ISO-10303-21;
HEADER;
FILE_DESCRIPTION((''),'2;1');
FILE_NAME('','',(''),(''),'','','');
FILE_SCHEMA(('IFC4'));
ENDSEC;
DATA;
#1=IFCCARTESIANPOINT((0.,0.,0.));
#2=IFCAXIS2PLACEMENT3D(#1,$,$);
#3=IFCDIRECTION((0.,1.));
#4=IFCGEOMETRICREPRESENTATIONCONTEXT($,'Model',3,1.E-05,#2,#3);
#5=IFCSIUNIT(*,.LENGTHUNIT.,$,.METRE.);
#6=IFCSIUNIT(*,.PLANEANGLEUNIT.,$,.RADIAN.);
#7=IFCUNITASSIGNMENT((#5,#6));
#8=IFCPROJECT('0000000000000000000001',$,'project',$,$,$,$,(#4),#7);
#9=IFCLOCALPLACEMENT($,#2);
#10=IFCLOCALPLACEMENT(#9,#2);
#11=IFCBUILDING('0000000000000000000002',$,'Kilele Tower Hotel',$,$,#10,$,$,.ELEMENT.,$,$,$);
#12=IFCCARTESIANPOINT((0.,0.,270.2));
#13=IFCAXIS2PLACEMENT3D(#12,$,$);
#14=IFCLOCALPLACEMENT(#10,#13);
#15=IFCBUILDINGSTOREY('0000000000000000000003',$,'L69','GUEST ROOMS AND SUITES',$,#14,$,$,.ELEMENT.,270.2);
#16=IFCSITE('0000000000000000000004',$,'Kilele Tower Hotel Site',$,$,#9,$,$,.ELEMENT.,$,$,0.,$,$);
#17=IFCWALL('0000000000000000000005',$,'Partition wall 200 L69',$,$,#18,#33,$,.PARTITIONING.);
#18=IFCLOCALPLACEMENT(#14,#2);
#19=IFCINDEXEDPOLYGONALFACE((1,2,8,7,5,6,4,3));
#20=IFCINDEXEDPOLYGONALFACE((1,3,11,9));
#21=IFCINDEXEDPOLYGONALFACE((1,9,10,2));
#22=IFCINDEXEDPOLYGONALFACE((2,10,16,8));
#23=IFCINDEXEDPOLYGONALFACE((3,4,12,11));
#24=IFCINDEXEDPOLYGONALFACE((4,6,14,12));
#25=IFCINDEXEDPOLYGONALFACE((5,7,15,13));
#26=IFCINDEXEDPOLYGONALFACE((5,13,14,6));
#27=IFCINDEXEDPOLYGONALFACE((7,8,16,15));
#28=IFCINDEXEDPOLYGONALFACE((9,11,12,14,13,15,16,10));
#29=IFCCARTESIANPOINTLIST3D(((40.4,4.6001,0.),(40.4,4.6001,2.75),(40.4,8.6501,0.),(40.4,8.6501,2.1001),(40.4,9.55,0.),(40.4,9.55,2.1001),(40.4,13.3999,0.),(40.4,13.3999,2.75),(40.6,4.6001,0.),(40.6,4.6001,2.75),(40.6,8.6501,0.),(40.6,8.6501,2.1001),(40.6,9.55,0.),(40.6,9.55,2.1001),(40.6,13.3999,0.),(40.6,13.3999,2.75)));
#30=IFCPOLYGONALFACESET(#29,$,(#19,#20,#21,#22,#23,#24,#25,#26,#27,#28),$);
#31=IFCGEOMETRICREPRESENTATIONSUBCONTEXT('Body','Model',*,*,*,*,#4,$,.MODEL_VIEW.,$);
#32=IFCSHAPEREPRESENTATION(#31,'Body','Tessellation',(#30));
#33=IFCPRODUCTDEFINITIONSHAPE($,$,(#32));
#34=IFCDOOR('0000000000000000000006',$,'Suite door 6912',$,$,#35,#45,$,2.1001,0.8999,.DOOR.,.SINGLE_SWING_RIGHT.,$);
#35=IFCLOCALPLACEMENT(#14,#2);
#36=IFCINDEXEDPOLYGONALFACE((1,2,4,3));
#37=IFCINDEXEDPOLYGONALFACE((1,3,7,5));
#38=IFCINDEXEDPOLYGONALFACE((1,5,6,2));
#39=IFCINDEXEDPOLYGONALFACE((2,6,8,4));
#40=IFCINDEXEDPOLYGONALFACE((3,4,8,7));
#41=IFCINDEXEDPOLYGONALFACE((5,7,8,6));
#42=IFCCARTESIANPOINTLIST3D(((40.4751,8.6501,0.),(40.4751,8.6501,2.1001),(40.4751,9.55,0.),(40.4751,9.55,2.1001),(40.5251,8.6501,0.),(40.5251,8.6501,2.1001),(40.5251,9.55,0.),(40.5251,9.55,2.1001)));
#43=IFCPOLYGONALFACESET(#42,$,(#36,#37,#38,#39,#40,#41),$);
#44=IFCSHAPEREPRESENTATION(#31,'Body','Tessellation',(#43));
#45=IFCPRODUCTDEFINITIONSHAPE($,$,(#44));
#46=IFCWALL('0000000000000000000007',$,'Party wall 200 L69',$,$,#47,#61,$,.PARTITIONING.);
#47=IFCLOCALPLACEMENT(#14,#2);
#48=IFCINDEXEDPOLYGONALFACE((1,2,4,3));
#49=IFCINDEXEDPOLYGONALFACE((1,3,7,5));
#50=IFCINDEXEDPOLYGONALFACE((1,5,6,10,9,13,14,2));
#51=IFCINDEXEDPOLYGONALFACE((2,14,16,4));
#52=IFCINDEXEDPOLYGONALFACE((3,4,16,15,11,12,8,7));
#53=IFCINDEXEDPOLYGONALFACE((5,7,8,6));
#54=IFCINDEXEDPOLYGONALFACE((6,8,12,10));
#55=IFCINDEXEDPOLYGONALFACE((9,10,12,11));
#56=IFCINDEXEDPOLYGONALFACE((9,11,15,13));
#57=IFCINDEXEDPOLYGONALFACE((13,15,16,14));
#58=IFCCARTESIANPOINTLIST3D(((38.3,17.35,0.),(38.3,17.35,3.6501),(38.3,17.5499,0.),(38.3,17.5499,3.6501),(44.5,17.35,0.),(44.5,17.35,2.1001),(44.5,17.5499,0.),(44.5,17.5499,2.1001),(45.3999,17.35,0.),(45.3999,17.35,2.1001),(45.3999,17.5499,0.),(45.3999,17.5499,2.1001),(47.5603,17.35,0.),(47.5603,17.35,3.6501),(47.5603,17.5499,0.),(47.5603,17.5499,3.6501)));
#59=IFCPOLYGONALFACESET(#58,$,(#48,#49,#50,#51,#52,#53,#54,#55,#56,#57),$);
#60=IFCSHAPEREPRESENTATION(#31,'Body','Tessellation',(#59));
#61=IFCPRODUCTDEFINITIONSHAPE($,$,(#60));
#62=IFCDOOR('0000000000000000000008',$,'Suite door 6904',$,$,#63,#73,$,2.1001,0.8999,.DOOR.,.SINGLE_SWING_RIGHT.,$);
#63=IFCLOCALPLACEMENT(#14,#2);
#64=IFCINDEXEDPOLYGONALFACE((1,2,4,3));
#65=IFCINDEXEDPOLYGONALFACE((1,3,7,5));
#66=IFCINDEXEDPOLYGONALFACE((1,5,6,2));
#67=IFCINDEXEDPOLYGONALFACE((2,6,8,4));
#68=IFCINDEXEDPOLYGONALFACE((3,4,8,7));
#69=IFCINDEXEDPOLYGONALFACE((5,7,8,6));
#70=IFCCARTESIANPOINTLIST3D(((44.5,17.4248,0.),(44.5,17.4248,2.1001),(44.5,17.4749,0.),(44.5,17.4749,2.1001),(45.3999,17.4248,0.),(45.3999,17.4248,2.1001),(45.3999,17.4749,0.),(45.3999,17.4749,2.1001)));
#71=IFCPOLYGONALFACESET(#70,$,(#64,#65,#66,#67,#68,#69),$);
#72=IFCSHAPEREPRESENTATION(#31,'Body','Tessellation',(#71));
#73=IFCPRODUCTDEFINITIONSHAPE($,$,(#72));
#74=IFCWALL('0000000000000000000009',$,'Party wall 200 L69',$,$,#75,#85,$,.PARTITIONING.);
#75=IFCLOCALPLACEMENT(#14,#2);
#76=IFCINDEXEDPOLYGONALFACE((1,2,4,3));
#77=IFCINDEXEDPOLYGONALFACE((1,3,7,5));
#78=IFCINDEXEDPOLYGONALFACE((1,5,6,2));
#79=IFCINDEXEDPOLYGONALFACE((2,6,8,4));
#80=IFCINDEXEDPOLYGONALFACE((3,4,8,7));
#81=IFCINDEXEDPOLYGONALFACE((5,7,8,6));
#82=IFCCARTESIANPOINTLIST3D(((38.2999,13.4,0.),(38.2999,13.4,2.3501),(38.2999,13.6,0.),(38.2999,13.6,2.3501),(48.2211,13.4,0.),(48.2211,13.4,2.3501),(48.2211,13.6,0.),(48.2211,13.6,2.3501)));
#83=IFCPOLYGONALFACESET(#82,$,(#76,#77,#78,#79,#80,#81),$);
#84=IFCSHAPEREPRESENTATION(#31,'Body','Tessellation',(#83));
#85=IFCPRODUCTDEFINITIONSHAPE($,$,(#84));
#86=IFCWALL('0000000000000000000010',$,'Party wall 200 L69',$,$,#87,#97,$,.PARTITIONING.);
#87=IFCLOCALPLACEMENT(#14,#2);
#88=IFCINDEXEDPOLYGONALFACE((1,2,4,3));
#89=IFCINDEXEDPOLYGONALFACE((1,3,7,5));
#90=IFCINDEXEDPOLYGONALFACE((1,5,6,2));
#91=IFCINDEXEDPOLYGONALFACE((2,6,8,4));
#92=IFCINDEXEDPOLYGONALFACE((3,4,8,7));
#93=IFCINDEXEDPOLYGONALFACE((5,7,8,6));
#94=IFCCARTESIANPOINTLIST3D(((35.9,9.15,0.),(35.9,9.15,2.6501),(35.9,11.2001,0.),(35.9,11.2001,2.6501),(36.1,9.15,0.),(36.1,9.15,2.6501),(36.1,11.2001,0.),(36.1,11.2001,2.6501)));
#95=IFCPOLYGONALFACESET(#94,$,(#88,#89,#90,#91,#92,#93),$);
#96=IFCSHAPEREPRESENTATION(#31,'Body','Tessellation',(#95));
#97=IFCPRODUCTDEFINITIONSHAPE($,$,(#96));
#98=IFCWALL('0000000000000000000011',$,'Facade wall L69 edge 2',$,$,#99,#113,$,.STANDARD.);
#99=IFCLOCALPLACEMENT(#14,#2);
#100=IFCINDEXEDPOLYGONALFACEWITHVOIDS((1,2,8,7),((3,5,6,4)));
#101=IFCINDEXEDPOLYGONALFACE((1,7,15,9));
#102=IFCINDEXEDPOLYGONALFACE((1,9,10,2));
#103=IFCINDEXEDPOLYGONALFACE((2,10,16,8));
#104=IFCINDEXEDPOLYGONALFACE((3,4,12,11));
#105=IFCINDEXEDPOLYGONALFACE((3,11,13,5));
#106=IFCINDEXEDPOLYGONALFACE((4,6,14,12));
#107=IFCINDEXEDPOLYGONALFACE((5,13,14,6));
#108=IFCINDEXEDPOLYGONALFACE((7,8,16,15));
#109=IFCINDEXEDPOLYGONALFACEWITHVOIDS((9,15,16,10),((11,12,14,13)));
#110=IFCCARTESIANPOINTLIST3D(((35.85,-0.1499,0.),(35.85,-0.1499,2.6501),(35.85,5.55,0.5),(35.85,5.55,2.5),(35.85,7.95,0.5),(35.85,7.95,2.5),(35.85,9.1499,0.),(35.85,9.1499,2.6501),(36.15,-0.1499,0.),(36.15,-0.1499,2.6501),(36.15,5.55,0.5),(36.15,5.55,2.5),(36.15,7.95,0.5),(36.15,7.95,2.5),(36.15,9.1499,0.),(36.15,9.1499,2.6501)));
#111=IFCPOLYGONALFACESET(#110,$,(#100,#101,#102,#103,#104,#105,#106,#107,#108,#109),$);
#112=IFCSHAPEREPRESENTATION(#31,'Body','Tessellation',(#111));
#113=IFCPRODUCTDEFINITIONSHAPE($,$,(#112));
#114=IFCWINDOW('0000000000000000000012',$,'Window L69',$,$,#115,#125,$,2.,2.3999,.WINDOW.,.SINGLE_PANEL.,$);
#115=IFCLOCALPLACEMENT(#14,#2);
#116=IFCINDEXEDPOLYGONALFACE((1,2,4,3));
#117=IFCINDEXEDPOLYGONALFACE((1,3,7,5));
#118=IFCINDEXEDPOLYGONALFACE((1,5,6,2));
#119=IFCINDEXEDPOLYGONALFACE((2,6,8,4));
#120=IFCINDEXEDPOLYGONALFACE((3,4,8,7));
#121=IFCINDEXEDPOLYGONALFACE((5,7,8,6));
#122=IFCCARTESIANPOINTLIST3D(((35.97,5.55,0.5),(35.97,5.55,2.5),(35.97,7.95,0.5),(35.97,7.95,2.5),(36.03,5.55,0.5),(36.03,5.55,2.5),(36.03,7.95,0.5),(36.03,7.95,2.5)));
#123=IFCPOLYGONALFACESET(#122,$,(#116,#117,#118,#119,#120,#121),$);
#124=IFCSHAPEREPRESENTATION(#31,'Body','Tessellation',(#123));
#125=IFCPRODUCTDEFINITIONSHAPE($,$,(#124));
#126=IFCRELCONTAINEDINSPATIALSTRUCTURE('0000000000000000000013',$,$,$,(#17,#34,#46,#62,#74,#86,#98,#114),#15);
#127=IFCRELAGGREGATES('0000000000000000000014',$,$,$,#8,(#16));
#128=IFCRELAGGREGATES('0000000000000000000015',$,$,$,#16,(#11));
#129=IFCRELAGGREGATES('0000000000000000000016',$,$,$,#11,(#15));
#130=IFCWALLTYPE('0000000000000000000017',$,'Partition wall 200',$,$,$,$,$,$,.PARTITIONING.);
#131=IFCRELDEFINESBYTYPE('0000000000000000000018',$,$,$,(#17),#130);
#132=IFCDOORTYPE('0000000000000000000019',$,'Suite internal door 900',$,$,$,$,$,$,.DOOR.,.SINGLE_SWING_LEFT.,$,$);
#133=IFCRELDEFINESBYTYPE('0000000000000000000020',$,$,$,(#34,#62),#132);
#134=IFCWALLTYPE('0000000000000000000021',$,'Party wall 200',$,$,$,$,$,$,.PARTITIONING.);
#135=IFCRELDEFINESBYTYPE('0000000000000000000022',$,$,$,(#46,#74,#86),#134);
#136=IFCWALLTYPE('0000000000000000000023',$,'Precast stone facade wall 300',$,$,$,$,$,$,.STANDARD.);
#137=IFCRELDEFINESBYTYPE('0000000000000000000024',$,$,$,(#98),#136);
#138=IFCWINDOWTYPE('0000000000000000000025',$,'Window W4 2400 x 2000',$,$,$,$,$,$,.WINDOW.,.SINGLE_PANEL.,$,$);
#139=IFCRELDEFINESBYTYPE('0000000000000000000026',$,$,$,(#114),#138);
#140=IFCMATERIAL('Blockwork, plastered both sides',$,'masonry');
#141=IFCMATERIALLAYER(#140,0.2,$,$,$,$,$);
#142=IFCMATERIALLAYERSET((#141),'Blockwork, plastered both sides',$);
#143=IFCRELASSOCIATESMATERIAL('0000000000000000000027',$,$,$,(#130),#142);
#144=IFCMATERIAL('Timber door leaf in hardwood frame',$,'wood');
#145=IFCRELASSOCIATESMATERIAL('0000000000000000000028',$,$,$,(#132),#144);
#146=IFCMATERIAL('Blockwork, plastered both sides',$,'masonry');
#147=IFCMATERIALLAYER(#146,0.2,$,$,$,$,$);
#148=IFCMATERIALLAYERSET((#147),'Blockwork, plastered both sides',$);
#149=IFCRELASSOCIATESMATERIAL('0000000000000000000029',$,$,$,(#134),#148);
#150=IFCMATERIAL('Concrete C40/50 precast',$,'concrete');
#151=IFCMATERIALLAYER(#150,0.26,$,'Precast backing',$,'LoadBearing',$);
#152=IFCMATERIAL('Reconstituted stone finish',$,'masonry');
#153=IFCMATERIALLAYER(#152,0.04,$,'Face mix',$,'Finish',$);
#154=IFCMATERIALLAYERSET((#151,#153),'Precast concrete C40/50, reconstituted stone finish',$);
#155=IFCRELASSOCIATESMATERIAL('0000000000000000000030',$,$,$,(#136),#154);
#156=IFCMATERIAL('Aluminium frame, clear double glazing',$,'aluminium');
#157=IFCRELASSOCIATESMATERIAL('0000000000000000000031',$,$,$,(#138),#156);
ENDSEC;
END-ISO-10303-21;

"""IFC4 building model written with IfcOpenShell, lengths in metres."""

from ifc_helpers import new_model, si_unit, direction, frame, frame_2d, origin, place, context, subcontext, project, spatial, rectangle, extrude, material, layer, layer_set, type_object, element, fill, save


model = new_model("IFC4")

# Units and contexts
model_context = context("Model", 3, precision=1e-05, world=origin(), true_north=direction((0.0, 1.0)))
body_context = subcontext(model_context, "Body", "Model", "MODEL_VIEW")
ifc_project = project(units=[si_unit("LENGTHUNIT", "METRE"), si_unit("PLANEANGLEUNIT", "RADIAN")], contexts=[model_context])

# Site, building, storey
site_placement = place(None, origin())
site = spatial("IfcSite", under=ifc_project, at=site_placement, Name="Kilele Tower Hotel Site", CompositionType="ELEMENT", RefElevation=0.0)
building_placement = place(site_placement, origin())
building = spatial("IfcBuilding", under=site, at=building_placement, Name="Kilele Tower Hotel", CompositionType="ELEMENT")
storey_placement = place(building_placement, frame((0.0, 0.0, 270.2)))
storey = spatial("IfcBuildingStorey", under=building, at=storey_placement, Name="L69", Description="GUEST ROOMS AND SUITES", CompositionType="ELEMENT", Elevation=270.2)

# Walls, openings, doors
ifc_material_1 = material(Name="Blockwork, plastered both sides", Category="masonry")
ifc_layer_1 = layer(ifc_material_1, 0.2)
ifc_layer_set_1 = layer_set([ifc_layer_1], Name="Blockwork, plastered both sides")
wall_type_1 = type_object("IfcWallType", Name="Partition wall 200", PredefinedType="PARTITIONING", material=ifc_layer_set_1)
wall_1_placement = place(storey_placement, frame((40.5, 4.6001, 0.0), z_axis=(0.0, 0.0, 1.0), x_axis=(0.0, 1.0, 0.0)))
wall_1 = element("IfcWall", 1, at=wall_1_placement, inside=storey, type_object=wall_type_1, Name="Partition wall 200 L69", PredefinedType="PARTITIONING", context=body_context, shape_type="SweptSolid", body=[
    extrude(rectangle(XDim=8.7998, YDim=0.2, at=frame_2d((4.3999, 0.0))), origin(), (0.0, 0.0, 1.0), 2.75),
])
opening_1_placement = place(wall_1_placement, frame((4.05, 0.0, 0.0)))
opening_1 = element("IfcOpeningElement", 2, at=opening_1_placement, cuts=wall_1, PredefinedType="OPENING", context=body_context, shape_type="SweptSolid", body=[
    extrude(rectangle(XDim=0.8999, YDim=2.1001, at=frame_2d((0.45, 1.05))), frame((0.0, 0.1099, 0.0), z_axis=(0.0, -1.0, 0.0), x_axis=(1.0, 0.0, 0.0)), (0.0, 0.0, 1.0), 0.22),
])
ifc_material_2 = material(Name="Timber door leaf in hardwood frame", Category="wood")
door_type_1 = type_object("IfcDoorType", Name="Suite internal door 900", OperationType="SINGLE_SWING_LEFT", PredefinedType="DOOR", material=ifc_material_2)
door_1_placement = place(opening_1_placement, origin())
door_1 = element("IfcDoor", 3, at=door_1_placement, inside=storey, type_object=door_type_1, Name="Suite door 6912", OperationType="SINGLE_SWING_RIGHT", OverallHeight=2.1001, OverallWidth=0.8999, PredefinedType="DOOR", context=body_context, shape_type="SweptSolid", body=[
    extrude(rectangle(XDim=0.8999, YDim=2.1001, at=frame_2d((0.45, 1.05))), frame((0.0, 0.0249, 0.0), z_axis=(0.0, -1.0, 0.0), x_axis=(1.0, 0.0, 0.0)), (0.0, 0.0, 1.0), 0.05),
])
fill(opening_1, door_1)
ifc_material_3 = material(Name="Blockwork, plastered both sides", Category="masonry")
ifc_layer_2 = layer(ifc_material_3, 0.2)
ifc_layer_set_2 = layer_set([ifc_layer_2], Name="Blockwork, plastered both sides")
wall_type_2 = type_object("IfcWallType", Name="Party wall 200", PredefinedType="PARTITIONING", material=ifc_layer_set_2)
wall_2_placement = place(storey_placement, frame((38.3, 17.45, 0.0), z_axis=(0.0, 0.0, 1.0), x_axis=(1.0, 0.0, 0.0)))
wall_2 = element("IfcWall", 4, at=wall_2_placement, inside=storey, type_object=wall_type_2, Name="Party wall 200 L69", PredefinedType="PARTITIONING", context=body_context, shape_type="SweptSolid", body=[
    extrude(rectangle(XDim=9.2603, YDim=0.2, at=frame_2d((4.6301, 0.0))), origin(), (0.0, 0.0, 1.0), 3.6501),
])
opening_2_placement = place(wall_2_placement, frame((6.2, 0.0, 0.0)))
opening_2 = element("IfcOpeningElement", 5, at=opening_2_placement, cuts=wall_2, PredefinedType="OPENING", context=body_context, shape_type="SweptSolid", body=[
    extrude(rectangle(XDim=0.8999, YDim=2.1001, at=frame_2d((0.45, 1.05))), frame((0.0, 0.1099, 0.0), z_axis=(0.0, -1.0, 0.0), x_axis=(1.0, 0.0, 0.0)), (0.0, 0.0, 1.0), 0.22),
])
door_2_placement = place(opening_2_placement, origin())
door_2 = element("IfcDoor", 6, at=door_2_placement, inside=storey, type_object=door_type_1, Name="Suite door 6904", OperationType="SINGLE_SWING_RIGHT", OverallHeight=2.1001, OverallWidth=0.8999, PredefinedType="DOOR", context=body_context, shape_type="SweptSolid", body=[
    extrude(rectangle(XDim=0.8999, YDim=2.1001, at=frame_2d((0.45, 1.05))), frame((0.0, 0.0249, 0.0), z_axis=(0.0, -1.0, 0.0), x_axis=(1.0, 0.0, 0.0)), (0.0, 0.0, 1.0), 0.05),
])
fill(opening_2, door_2)

# Walls
wall_3_placement = place(storey_placement, frame((38.3, 13.5, 0.0), z_axis=(0.0, 0.0, 1.0), x_axis=(1.0, 0.0, 0.0)))
element("IfcWall", 7, at=wall_3_placement, inside=storey, type_object=wall_type_2, Name="Party wall 200 L69", PredefinedType="PARTITIONING", context=body_context, shape_type="SweptSolid", body=[
    extrude(rectangle(XDim=9.9211, YDim=0.2, at=frame_2d((4.9604, 0.0))), origin(), (0.0, 0.0, 1.0), 2.3501),
])
wall_4_placement = place(storey_placement, frame((36.0, 11.2, 0.0), z_axis=(0.0, 0.0, 1.0), x_axis=(0.0, -1.0, 0.0)))
element("IfcWall", 8, at=wall_4_placement, inside=storey, type_object=wall_type_2, Name="Party wall 200 L69", PredefinedType="PARTITIONING", context=body_context, shape_type="SweptSolid", body=[
    extrude(rectangle(XDim=2.05, YDim=0.2, at=frame_2d((1.0249, 0.0))), origin(), (0.0, 0.0, 1.0), 2.6501),
])

# Wall, opening, window
ifc_material_4 = material(Name="Concrete C40/50 precast", Category="concrete")
ifc_layer_3 = layer(ifc_material_4, 0.26, Name="Precast backing", Category="LoadBearing")
ifc_material_5 = material(Name="Reconstituted stone finish", Category="masonry")
ifc_layer_4 = layer(ifc_material_5, 0.04, Name="Face mix", Category="Finish")
ifc_layer_set_3 = layer_set([ifc_layer_3, ifc_layer_4], Name="Precast concrete C40/50, reconstituted stone finish")
wall_type_3 = type_object("IfcWallType", Name="Precast stone facade wall 300", PredefinedType="STANDARD", material=ifc_layer_set_3)
wall_5_placement = place(storey_placement, frame((36.0, 9.1499, 0.0), z_axis=(0.0, 0.0, 1.0), x_axis=(0.0, -1.0, 0.0)))
wall_5 = element("IfcWall", 9, at=wall_5_placement, inside=storey, type_object=wall_type_3, Name="Facade wall L69 edge 2", PredefinedType="STANDARD", context=body_context, shape_type="SweptSolid", body=[
    extrude(rectangle(XDim=9.2998, YDim=0.3, at=frame_2d((4.6499, 0.0))), origin(), (0.0, 0.0, 1.0), 2.6501),
])
opening_3_placement = place(wall_5_placement, frame((1.2, 0.0, 0.5)))
opening_3 = element("IfcOpeningElement", 10, at=opening_3_placement, cuts=wall_5, PredefinedType="OPENING", context=body_context, shape_type="SweptSolid", body=[
    extrude(rectangle(XDim=2.3999, YDim=2.0, at=frame_2d((1.2, 1.0))), frame((0.0, 0.1599, 0.0), z_axis=(0.0, -1.0, 0.0), x_axis=(1.0, 0.0, 0.0)), (0.0, 0.0, 1.0), 0.3201),
])
ifc_material_6 = material(Name="Aluminium frame, clear double glazing", Category="aluminium")
window_type = type_object("IfcWindowType", Name="Window W4 2400 x 2000", PartitioningType="SINGLE_PANEL", PredefinedType="WINDOW", material=ifc_material_6)
window_placement = place(opening_3_placement, origin())
window = element("IfcWindow", 11, at=window_placement, inside=storey, type_object=window_type, Name="Window L69", OverallHeight=2.0, OverallWidth=2.3999, PartitioningType="SINGLE_PANEL", PredefinedType="WINDOW", context=body_context, shape_type="SweptSolid", body=[
    extrude(rectangle(XDim=2.3999, YDim=2.0, at=frame_2d((1.2, 1.0))), frame((0.0, 0.03, 0.0), z_axis=(0.0, -1.0, 0.0), x_axis=(1.0, 0.0, 0.0)), (0.0, 0.0, 1.0), 0.0601),
])
fill(opening_3, window)

save(model, "model.ifc")
